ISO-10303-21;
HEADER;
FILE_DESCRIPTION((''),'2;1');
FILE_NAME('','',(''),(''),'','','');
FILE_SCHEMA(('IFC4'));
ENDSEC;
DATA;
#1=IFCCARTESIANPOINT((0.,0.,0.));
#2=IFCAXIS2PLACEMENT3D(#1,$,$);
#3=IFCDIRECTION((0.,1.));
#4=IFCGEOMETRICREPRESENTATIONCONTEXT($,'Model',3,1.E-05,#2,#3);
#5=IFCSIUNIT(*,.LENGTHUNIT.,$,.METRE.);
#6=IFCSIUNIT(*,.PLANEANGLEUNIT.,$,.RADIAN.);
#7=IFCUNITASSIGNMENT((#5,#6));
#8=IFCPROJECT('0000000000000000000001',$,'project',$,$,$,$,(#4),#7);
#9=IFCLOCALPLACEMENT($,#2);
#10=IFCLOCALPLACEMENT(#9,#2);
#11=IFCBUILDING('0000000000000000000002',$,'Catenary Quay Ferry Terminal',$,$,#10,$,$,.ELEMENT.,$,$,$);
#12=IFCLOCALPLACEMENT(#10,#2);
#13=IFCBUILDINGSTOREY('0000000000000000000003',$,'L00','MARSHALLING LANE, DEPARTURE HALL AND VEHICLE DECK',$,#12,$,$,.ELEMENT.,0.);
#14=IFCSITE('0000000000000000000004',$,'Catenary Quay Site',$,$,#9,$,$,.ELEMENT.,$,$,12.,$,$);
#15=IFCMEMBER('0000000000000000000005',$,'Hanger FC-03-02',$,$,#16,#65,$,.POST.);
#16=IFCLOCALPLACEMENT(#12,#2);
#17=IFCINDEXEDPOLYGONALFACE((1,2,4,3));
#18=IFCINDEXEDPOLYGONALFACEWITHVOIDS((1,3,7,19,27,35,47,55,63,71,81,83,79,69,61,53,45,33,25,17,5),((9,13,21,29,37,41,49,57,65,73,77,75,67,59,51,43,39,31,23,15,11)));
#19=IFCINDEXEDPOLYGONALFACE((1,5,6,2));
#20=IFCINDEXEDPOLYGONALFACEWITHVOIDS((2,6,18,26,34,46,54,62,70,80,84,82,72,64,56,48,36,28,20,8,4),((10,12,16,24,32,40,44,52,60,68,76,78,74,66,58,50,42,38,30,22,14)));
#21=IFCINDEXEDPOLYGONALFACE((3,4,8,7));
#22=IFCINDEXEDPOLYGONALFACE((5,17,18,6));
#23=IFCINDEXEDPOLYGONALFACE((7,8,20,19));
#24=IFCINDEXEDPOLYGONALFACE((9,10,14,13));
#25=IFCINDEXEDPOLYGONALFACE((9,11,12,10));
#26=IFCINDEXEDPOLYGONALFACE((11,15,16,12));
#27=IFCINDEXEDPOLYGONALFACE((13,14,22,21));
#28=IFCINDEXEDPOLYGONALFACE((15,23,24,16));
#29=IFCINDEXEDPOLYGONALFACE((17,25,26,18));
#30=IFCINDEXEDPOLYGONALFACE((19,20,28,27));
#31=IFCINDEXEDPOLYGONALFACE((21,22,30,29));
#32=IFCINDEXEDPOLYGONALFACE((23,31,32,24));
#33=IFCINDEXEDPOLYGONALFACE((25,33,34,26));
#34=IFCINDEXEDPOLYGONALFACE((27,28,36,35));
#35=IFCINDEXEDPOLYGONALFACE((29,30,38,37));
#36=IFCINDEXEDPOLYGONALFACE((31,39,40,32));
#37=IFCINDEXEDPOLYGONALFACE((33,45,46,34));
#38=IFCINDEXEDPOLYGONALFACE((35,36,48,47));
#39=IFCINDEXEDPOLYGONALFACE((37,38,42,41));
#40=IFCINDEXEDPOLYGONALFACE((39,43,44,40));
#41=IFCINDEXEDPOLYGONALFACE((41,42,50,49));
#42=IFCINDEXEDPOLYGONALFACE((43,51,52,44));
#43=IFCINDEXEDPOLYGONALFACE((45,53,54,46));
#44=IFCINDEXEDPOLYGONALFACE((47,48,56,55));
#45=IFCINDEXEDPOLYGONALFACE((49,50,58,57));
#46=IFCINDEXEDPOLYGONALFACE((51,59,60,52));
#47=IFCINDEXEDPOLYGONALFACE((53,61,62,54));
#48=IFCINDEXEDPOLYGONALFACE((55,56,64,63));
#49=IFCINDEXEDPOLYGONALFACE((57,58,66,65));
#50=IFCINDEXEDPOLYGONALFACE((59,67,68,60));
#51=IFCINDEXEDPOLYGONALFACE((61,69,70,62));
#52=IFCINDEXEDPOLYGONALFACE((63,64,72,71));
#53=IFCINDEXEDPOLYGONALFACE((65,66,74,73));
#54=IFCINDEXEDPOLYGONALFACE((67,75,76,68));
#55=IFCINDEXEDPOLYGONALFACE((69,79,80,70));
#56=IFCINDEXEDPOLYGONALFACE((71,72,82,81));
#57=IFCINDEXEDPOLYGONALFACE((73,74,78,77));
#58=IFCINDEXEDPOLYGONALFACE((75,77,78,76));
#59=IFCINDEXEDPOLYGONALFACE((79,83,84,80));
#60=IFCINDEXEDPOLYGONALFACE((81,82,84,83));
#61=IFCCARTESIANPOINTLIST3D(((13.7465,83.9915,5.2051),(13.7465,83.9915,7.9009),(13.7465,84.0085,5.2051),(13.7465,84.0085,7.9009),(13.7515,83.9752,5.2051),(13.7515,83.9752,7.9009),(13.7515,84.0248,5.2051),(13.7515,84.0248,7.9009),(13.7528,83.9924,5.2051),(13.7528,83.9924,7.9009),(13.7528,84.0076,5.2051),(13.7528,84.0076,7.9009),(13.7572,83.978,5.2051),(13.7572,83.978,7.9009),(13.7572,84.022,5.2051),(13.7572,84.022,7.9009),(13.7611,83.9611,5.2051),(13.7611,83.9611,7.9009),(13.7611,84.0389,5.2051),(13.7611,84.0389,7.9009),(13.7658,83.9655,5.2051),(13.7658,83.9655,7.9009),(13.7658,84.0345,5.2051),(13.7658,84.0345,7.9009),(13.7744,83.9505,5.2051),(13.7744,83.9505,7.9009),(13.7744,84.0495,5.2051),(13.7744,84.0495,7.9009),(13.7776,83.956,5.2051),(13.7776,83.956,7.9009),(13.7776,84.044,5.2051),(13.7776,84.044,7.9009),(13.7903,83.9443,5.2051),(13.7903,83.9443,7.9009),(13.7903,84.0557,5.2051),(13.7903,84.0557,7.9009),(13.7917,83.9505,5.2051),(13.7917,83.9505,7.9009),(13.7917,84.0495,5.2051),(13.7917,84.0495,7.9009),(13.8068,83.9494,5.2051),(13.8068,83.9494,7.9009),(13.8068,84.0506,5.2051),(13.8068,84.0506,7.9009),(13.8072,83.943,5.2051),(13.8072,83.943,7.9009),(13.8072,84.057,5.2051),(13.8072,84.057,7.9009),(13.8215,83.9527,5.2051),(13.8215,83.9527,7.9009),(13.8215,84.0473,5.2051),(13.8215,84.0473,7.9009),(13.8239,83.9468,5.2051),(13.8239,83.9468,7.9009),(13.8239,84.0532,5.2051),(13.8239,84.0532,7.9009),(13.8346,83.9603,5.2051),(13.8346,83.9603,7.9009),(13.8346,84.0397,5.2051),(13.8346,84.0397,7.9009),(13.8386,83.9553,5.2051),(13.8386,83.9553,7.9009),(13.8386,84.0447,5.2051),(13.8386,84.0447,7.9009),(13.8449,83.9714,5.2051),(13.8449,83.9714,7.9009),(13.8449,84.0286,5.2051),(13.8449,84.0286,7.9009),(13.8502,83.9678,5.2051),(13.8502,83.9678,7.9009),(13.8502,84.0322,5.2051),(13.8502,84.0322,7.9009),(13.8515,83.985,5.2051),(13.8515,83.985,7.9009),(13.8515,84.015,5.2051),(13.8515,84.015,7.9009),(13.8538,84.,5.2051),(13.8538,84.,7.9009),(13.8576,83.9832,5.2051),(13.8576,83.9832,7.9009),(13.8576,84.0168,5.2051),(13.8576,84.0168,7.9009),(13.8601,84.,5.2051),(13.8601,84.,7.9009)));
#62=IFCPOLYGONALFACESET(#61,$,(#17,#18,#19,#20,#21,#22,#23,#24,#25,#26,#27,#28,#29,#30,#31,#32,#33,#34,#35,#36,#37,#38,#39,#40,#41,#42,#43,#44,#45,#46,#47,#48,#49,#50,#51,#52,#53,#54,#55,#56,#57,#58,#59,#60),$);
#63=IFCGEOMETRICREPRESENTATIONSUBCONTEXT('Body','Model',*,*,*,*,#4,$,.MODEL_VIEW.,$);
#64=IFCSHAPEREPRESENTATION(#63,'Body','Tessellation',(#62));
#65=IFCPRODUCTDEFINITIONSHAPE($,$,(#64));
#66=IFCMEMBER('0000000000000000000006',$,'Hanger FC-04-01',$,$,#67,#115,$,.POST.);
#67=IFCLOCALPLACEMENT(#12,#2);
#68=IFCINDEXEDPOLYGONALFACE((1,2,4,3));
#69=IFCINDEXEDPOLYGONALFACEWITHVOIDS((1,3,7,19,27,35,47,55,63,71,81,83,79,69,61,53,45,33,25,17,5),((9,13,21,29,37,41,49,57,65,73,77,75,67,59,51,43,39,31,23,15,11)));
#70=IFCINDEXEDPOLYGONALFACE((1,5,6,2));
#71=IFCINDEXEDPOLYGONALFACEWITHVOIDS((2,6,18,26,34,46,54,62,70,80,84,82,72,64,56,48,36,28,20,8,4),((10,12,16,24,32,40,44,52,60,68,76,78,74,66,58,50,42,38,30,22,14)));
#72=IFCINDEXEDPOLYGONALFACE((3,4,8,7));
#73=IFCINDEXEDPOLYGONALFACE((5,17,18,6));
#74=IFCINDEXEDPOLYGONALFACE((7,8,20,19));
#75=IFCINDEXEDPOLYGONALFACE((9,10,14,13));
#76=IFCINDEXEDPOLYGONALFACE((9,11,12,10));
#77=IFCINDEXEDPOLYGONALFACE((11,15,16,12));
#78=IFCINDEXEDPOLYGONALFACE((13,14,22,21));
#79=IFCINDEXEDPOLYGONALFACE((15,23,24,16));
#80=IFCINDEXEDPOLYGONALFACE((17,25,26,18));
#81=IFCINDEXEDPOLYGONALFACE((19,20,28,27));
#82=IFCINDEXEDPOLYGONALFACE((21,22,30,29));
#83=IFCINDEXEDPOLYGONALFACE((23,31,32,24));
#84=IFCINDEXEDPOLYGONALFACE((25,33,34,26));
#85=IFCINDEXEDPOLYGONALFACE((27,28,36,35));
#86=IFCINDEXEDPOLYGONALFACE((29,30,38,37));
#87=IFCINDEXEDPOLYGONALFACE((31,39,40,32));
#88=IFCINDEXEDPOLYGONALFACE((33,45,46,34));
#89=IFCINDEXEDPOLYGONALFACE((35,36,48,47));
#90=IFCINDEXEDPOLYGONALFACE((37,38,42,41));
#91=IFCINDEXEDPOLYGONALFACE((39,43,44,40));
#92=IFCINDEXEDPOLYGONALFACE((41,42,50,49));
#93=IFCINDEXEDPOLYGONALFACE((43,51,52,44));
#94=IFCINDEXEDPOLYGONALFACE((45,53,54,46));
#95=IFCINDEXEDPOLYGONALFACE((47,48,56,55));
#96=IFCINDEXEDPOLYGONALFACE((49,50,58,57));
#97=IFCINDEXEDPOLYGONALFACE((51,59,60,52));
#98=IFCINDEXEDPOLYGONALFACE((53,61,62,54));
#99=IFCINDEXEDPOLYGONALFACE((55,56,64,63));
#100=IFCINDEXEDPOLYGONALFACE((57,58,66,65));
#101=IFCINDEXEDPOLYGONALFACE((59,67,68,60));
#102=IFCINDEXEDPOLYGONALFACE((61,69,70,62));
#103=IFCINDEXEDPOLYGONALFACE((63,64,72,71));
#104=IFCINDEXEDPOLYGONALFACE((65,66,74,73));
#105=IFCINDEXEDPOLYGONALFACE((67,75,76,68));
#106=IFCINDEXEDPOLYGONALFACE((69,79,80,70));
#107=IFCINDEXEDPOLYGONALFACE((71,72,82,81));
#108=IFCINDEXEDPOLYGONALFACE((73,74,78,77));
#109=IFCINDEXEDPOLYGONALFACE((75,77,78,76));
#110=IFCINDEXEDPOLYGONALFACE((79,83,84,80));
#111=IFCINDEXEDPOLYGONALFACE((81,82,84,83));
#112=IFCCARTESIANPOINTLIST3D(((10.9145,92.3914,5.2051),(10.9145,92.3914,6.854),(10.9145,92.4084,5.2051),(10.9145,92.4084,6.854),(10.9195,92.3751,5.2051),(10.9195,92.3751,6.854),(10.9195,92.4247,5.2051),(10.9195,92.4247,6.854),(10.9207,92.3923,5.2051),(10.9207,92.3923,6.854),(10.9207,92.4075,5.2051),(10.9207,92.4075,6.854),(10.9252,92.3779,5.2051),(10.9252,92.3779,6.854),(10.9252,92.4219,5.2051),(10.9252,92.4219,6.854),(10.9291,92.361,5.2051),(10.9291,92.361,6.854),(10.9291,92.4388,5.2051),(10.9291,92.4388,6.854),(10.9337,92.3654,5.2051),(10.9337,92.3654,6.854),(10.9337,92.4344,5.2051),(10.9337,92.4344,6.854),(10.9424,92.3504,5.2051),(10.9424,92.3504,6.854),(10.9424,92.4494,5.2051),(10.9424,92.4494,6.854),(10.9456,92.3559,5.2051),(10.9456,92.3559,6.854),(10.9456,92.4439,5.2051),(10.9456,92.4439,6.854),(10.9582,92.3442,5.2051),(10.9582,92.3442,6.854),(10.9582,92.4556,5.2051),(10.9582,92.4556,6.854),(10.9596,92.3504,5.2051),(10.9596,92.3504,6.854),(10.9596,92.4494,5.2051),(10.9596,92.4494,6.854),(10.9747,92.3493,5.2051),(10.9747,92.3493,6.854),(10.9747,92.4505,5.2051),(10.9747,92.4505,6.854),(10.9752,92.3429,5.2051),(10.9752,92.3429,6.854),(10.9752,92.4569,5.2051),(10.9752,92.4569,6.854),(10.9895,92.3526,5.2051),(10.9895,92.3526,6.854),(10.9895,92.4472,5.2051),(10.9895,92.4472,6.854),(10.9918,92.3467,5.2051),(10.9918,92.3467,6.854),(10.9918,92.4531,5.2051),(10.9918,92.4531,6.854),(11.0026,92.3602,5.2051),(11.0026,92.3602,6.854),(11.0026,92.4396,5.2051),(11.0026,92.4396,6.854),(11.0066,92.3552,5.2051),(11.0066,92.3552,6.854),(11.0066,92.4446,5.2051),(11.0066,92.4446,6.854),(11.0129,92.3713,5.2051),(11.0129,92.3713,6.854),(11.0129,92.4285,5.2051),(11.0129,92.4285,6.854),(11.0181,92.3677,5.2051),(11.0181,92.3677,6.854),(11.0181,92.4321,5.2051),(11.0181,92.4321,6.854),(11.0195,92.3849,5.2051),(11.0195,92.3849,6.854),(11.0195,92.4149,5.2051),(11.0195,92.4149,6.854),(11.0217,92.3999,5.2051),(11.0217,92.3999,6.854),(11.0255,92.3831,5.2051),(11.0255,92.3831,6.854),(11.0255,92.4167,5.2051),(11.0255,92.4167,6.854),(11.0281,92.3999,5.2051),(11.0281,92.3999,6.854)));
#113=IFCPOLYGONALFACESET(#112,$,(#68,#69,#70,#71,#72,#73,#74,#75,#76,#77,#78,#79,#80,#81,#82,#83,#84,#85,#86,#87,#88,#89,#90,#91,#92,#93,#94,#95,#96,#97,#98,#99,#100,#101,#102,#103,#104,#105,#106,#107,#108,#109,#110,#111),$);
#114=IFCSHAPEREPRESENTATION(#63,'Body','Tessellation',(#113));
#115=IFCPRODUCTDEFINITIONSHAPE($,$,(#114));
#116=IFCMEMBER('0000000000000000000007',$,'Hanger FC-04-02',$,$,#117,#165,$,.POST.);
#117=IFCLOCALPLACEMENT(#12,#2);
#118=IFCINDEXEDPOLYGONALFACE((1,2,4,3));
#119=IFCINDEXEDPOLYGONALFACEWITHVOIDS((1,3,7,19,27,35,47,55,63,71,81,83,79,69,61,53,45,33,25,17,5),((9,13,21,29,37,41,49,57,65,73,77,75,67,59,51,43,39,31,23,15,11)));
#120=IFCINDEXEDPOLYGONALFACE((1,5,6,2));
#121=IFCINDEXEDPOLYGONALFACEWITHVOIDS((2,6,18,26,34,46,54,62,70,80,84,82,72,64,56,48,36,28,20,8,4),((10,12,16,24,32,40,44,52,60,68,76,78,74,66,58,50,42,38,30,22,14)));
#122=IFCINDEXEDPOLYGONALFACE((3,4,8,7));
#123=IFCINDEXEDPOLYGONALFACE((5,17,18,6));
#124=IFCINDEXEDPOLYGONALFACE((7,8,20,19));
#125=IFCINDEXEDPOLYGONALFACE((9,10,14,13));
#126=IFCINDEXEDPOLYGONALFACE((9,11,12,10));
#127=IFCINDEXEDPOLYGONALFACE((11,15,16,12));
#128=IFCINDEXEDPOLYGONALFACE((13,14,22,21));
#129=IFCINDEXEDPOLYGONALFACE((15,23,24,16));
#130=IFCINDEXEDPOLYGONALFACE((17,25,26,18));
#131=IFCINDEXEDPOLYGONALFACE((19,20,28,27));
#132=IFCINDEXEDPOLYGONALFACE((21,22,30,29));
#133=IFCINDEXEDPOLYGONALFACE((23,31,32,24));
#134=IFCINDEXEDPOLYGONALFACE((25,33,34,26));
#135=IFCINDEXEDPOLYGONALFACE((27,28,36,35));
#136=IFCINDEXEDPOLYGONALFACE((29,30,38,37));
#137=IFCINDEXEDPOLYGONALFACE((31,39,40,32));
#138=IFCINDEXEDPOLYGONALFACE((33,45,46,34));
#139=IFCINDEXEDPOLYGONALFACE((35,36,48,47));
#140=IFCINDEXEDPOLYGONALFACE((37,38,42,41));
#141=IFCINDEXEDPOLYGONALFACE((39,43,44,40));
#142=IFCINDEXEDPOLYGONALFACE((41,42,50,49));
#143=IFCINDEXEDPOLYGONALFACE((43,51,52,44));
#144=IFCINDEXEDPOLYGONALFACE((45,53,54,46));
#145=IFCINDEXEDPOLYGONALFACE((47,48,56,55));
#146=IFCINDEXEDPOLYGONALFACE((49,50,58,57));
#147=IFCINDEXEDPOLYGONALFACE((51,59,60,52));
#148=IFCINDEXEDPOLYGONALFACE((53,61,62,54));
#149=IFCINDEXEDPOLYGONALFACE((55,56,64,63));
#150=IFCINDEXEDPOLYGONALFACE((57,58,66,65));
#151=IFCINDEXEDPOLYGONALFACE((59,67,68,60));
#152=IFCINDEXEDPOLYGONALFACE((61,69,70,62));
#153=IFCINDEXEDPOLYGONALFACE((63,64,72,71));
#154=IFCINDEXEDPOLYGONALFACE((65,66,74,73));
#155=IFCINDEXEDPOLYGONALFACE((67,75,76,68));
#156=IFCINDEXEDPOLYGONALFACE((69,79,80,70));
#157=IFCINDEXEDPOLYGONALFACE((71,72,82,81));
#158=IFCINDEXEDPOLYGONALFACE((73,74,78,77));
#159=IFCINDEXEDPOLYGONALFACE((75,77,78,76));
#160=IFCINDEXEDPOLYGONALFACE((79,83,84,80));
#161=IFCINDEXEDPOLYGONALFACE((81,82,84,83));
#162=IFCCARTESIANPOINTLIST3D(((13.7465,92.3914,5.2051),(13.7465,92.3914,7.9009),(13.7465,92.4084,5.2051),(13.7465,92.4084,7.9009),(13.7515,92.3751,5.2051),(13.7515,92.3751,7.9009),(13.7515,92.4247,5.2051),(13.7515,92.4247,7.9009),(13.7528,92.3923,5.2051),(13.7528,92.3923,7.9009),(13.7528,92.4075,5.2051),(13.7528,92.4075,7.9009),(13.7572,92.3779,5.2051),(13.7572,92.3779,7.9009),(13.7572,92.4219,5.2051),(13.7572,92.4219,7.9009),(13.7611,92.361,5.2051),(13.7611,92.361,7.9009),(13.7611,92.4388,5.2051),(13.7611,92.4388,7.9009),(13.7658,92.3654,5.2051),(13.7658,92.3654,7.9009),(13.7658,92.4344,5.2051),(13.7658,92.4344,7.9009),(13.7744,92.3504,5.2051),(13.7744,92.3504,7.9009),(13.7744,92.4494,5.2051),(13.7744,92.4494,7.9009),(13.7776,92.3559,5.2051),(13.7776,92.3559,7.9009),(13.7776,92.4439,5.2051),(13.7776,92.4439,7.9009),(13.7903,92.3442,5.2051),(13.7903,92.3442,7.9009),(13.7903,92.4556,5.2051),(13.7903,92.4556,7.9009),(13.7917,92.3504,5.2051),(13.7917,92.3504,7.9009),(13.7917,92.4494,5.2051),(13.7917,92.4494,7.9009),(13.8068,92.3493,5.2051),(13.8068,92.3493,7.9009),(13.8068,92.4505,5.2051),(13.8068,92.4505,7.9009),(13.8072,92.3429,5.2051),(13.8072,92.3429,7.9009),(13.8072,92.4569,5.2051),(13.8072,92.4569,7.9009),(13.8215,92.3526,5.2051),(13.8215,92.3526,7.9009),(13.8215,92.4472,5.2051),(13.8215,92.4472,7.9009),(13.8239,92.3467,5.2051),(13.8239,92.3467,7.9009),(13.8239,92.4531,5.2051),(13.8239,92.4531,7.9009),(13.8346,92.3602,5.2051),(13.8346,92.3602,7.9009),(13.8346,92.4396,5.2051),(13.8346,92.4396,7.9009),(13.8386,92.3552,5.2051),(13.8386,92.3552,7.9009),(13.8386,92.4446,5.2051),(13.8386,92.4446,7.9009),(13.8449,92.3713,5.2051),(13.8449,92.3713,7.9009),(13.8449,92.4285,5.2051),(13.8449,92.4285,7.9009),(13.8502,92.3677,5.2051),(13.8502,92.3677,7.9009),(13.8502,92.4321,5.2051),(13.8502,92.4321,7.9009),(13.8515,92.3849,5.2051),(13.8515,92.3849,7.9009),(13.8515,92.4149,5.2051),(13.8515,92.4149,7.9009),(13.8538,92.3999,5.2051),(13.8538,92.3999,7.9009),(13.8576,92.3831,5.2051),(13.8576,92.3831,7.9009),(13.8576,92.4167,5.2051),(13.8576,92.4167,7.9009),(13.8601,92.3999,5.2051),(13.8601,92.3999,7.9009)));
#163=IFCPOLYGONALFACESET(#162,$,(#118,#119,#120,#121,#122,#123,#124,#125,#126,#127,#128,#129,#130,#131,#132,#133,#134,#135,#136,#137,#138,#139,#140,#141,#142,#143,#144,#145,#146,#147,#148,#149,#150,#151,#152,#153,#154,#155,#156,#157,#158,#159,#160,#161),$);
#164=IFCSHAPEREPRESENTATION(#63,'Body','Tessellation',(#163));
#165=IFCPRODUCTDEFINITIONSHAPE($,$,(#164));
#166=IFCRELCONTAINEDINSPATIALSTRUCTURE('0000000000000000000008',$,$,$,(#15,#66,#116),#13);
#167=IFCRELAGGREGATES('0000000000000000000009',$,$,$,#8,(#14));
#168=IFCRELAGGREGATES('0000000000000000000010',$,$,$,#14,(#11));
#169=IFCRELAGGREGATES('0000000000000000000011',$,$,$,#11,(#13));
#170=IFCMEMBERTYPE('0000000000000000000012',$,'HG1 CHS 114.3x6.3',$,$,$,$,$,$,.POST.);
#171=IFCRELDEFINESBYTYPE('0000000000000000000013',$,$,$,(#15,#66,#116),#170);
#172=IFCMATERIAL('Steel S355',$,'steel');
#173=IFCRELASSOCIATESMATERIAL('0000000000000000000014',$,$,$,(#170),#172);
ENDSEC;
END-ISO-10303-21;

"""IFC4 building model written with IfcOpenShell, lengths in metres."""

from ifc_helpers import new_model, si_unit, direction, frame, origin, origin_2d, place, context, subcontext, project, spatial, hollow_circle, extrude, material, material_profile, profile_set, type_object, element, save


model = new_model("IFC4")

# Units and contexts
model_context = context("Model", 3, precision=1e-05, world=origin(), true_north=direction((0.0, 1.0)))
body_context = subcontext(model_context, "Body", "Model", "MODEL_VIEW")
ifc_project = project(units=[si_unit("LENGTHUNIT", "METRE"), si_unit("PLANEANGLEUNIT", "RADIAN")], contexts=[model_context])

# Site, building, storey
site_placement = place(None, origin())
site = spatial("IfcSite", under=ifc_project, at=site_placement, Name="Catenary Quay Site", CompositionType="ELEMENT", RefElevation=12.0)
building_placement = place(site_placement, origin())
building = spatial("IfcBuilding", under=site, at=building_placement, Name="Catenary Quay Ferry Terminal", CompositionType="ELEMENT")
storey_placement = place(building_placement, origin())
storey = spatial("IfcBuildingStorey", under=building, at=storey_placement, Name="L00", Description="MARSHALLING LANE, DEPARTURE HALL AND VEHICLE DECK", CompositionType="ELEMENT", Elevation=0.0)

# Members
ifc_material_1 = material(Name="Steel S355", Category="steel")
ifc_material_profile_1 = material_profile(ifc_material_1, hollow_circle(Radius=0.0571, WallThickness=0.0063, at=origin_2d()), Name="CHS 114.3x6.3")
ifc_profile_set_1 = profile_set([ifc_material_profile_1], Name="Steel S355")
member_type_1 = type_object("IfcMemberType", Name="HG1 CHS 114.3x6.3", PredefinedType="POST", material=ifc_profile_set_1)
member_1_placement = place(storey_placement, frame((13.803, 84.0, 5.2051), z_axis=(0.0, 0.0, 1.0), x_axis=(1.0, 0.0, 0.0)))
element("IfcMember", 1, at=member_1_placement, inside=storey, type_object=member_type_1, Name="Hanger FC-03-02", PredefinedType="POST", context=body_context, shape_type="SweptSolid", body=[
    extrude(hollow_circle(Radius=0.0571, WallThickness=0.0063, at=origin_2d()), origin(), (0.0, 0.0, 1.0), 2.6958),
])
member_2_placement = place(storey_placement, frame((10.9709, 92.3999, 5.2051), z_axis=(0.0, 0.0, 1.0), x_axis=(1.0, 0.0, 0.0)))
element("IfcMember", 2, at=member_2_placement, inside=storey, type_object=member_type_1, Name="Hanger FC-04-01", PredefinedType="POST", context=body_context, shape_type="SweptSolid", body=[
    extrude(hollow_circle(Radius=0.0571, WallThickness=0.0063, at=origin_2d()), origin(), (0.0, 0.0, 1.0), 1.6489),
])
member_3_placement = place(storey_placement, frame((13.803, 92.3999, 5.2051), z_axis=(0.0, 0.0, 1.0), x_axis=(1.0, 0.0, 0.0)))
element("IfcMember", 3, at=member_3_placement, inside=storey, type_object=member_type_1, Name="Hanger FC-04-02", PredefinedType="POST", context=body_context, shape_type="SweptSolid", body=[
    extrude(hollow_circle(Radius=0.0571, WallThickness=0.0063, at=origin_2d()), origin(), (0.0, 0.0, 1.0), 2.6958),
])

save(model, "model.ifc")
